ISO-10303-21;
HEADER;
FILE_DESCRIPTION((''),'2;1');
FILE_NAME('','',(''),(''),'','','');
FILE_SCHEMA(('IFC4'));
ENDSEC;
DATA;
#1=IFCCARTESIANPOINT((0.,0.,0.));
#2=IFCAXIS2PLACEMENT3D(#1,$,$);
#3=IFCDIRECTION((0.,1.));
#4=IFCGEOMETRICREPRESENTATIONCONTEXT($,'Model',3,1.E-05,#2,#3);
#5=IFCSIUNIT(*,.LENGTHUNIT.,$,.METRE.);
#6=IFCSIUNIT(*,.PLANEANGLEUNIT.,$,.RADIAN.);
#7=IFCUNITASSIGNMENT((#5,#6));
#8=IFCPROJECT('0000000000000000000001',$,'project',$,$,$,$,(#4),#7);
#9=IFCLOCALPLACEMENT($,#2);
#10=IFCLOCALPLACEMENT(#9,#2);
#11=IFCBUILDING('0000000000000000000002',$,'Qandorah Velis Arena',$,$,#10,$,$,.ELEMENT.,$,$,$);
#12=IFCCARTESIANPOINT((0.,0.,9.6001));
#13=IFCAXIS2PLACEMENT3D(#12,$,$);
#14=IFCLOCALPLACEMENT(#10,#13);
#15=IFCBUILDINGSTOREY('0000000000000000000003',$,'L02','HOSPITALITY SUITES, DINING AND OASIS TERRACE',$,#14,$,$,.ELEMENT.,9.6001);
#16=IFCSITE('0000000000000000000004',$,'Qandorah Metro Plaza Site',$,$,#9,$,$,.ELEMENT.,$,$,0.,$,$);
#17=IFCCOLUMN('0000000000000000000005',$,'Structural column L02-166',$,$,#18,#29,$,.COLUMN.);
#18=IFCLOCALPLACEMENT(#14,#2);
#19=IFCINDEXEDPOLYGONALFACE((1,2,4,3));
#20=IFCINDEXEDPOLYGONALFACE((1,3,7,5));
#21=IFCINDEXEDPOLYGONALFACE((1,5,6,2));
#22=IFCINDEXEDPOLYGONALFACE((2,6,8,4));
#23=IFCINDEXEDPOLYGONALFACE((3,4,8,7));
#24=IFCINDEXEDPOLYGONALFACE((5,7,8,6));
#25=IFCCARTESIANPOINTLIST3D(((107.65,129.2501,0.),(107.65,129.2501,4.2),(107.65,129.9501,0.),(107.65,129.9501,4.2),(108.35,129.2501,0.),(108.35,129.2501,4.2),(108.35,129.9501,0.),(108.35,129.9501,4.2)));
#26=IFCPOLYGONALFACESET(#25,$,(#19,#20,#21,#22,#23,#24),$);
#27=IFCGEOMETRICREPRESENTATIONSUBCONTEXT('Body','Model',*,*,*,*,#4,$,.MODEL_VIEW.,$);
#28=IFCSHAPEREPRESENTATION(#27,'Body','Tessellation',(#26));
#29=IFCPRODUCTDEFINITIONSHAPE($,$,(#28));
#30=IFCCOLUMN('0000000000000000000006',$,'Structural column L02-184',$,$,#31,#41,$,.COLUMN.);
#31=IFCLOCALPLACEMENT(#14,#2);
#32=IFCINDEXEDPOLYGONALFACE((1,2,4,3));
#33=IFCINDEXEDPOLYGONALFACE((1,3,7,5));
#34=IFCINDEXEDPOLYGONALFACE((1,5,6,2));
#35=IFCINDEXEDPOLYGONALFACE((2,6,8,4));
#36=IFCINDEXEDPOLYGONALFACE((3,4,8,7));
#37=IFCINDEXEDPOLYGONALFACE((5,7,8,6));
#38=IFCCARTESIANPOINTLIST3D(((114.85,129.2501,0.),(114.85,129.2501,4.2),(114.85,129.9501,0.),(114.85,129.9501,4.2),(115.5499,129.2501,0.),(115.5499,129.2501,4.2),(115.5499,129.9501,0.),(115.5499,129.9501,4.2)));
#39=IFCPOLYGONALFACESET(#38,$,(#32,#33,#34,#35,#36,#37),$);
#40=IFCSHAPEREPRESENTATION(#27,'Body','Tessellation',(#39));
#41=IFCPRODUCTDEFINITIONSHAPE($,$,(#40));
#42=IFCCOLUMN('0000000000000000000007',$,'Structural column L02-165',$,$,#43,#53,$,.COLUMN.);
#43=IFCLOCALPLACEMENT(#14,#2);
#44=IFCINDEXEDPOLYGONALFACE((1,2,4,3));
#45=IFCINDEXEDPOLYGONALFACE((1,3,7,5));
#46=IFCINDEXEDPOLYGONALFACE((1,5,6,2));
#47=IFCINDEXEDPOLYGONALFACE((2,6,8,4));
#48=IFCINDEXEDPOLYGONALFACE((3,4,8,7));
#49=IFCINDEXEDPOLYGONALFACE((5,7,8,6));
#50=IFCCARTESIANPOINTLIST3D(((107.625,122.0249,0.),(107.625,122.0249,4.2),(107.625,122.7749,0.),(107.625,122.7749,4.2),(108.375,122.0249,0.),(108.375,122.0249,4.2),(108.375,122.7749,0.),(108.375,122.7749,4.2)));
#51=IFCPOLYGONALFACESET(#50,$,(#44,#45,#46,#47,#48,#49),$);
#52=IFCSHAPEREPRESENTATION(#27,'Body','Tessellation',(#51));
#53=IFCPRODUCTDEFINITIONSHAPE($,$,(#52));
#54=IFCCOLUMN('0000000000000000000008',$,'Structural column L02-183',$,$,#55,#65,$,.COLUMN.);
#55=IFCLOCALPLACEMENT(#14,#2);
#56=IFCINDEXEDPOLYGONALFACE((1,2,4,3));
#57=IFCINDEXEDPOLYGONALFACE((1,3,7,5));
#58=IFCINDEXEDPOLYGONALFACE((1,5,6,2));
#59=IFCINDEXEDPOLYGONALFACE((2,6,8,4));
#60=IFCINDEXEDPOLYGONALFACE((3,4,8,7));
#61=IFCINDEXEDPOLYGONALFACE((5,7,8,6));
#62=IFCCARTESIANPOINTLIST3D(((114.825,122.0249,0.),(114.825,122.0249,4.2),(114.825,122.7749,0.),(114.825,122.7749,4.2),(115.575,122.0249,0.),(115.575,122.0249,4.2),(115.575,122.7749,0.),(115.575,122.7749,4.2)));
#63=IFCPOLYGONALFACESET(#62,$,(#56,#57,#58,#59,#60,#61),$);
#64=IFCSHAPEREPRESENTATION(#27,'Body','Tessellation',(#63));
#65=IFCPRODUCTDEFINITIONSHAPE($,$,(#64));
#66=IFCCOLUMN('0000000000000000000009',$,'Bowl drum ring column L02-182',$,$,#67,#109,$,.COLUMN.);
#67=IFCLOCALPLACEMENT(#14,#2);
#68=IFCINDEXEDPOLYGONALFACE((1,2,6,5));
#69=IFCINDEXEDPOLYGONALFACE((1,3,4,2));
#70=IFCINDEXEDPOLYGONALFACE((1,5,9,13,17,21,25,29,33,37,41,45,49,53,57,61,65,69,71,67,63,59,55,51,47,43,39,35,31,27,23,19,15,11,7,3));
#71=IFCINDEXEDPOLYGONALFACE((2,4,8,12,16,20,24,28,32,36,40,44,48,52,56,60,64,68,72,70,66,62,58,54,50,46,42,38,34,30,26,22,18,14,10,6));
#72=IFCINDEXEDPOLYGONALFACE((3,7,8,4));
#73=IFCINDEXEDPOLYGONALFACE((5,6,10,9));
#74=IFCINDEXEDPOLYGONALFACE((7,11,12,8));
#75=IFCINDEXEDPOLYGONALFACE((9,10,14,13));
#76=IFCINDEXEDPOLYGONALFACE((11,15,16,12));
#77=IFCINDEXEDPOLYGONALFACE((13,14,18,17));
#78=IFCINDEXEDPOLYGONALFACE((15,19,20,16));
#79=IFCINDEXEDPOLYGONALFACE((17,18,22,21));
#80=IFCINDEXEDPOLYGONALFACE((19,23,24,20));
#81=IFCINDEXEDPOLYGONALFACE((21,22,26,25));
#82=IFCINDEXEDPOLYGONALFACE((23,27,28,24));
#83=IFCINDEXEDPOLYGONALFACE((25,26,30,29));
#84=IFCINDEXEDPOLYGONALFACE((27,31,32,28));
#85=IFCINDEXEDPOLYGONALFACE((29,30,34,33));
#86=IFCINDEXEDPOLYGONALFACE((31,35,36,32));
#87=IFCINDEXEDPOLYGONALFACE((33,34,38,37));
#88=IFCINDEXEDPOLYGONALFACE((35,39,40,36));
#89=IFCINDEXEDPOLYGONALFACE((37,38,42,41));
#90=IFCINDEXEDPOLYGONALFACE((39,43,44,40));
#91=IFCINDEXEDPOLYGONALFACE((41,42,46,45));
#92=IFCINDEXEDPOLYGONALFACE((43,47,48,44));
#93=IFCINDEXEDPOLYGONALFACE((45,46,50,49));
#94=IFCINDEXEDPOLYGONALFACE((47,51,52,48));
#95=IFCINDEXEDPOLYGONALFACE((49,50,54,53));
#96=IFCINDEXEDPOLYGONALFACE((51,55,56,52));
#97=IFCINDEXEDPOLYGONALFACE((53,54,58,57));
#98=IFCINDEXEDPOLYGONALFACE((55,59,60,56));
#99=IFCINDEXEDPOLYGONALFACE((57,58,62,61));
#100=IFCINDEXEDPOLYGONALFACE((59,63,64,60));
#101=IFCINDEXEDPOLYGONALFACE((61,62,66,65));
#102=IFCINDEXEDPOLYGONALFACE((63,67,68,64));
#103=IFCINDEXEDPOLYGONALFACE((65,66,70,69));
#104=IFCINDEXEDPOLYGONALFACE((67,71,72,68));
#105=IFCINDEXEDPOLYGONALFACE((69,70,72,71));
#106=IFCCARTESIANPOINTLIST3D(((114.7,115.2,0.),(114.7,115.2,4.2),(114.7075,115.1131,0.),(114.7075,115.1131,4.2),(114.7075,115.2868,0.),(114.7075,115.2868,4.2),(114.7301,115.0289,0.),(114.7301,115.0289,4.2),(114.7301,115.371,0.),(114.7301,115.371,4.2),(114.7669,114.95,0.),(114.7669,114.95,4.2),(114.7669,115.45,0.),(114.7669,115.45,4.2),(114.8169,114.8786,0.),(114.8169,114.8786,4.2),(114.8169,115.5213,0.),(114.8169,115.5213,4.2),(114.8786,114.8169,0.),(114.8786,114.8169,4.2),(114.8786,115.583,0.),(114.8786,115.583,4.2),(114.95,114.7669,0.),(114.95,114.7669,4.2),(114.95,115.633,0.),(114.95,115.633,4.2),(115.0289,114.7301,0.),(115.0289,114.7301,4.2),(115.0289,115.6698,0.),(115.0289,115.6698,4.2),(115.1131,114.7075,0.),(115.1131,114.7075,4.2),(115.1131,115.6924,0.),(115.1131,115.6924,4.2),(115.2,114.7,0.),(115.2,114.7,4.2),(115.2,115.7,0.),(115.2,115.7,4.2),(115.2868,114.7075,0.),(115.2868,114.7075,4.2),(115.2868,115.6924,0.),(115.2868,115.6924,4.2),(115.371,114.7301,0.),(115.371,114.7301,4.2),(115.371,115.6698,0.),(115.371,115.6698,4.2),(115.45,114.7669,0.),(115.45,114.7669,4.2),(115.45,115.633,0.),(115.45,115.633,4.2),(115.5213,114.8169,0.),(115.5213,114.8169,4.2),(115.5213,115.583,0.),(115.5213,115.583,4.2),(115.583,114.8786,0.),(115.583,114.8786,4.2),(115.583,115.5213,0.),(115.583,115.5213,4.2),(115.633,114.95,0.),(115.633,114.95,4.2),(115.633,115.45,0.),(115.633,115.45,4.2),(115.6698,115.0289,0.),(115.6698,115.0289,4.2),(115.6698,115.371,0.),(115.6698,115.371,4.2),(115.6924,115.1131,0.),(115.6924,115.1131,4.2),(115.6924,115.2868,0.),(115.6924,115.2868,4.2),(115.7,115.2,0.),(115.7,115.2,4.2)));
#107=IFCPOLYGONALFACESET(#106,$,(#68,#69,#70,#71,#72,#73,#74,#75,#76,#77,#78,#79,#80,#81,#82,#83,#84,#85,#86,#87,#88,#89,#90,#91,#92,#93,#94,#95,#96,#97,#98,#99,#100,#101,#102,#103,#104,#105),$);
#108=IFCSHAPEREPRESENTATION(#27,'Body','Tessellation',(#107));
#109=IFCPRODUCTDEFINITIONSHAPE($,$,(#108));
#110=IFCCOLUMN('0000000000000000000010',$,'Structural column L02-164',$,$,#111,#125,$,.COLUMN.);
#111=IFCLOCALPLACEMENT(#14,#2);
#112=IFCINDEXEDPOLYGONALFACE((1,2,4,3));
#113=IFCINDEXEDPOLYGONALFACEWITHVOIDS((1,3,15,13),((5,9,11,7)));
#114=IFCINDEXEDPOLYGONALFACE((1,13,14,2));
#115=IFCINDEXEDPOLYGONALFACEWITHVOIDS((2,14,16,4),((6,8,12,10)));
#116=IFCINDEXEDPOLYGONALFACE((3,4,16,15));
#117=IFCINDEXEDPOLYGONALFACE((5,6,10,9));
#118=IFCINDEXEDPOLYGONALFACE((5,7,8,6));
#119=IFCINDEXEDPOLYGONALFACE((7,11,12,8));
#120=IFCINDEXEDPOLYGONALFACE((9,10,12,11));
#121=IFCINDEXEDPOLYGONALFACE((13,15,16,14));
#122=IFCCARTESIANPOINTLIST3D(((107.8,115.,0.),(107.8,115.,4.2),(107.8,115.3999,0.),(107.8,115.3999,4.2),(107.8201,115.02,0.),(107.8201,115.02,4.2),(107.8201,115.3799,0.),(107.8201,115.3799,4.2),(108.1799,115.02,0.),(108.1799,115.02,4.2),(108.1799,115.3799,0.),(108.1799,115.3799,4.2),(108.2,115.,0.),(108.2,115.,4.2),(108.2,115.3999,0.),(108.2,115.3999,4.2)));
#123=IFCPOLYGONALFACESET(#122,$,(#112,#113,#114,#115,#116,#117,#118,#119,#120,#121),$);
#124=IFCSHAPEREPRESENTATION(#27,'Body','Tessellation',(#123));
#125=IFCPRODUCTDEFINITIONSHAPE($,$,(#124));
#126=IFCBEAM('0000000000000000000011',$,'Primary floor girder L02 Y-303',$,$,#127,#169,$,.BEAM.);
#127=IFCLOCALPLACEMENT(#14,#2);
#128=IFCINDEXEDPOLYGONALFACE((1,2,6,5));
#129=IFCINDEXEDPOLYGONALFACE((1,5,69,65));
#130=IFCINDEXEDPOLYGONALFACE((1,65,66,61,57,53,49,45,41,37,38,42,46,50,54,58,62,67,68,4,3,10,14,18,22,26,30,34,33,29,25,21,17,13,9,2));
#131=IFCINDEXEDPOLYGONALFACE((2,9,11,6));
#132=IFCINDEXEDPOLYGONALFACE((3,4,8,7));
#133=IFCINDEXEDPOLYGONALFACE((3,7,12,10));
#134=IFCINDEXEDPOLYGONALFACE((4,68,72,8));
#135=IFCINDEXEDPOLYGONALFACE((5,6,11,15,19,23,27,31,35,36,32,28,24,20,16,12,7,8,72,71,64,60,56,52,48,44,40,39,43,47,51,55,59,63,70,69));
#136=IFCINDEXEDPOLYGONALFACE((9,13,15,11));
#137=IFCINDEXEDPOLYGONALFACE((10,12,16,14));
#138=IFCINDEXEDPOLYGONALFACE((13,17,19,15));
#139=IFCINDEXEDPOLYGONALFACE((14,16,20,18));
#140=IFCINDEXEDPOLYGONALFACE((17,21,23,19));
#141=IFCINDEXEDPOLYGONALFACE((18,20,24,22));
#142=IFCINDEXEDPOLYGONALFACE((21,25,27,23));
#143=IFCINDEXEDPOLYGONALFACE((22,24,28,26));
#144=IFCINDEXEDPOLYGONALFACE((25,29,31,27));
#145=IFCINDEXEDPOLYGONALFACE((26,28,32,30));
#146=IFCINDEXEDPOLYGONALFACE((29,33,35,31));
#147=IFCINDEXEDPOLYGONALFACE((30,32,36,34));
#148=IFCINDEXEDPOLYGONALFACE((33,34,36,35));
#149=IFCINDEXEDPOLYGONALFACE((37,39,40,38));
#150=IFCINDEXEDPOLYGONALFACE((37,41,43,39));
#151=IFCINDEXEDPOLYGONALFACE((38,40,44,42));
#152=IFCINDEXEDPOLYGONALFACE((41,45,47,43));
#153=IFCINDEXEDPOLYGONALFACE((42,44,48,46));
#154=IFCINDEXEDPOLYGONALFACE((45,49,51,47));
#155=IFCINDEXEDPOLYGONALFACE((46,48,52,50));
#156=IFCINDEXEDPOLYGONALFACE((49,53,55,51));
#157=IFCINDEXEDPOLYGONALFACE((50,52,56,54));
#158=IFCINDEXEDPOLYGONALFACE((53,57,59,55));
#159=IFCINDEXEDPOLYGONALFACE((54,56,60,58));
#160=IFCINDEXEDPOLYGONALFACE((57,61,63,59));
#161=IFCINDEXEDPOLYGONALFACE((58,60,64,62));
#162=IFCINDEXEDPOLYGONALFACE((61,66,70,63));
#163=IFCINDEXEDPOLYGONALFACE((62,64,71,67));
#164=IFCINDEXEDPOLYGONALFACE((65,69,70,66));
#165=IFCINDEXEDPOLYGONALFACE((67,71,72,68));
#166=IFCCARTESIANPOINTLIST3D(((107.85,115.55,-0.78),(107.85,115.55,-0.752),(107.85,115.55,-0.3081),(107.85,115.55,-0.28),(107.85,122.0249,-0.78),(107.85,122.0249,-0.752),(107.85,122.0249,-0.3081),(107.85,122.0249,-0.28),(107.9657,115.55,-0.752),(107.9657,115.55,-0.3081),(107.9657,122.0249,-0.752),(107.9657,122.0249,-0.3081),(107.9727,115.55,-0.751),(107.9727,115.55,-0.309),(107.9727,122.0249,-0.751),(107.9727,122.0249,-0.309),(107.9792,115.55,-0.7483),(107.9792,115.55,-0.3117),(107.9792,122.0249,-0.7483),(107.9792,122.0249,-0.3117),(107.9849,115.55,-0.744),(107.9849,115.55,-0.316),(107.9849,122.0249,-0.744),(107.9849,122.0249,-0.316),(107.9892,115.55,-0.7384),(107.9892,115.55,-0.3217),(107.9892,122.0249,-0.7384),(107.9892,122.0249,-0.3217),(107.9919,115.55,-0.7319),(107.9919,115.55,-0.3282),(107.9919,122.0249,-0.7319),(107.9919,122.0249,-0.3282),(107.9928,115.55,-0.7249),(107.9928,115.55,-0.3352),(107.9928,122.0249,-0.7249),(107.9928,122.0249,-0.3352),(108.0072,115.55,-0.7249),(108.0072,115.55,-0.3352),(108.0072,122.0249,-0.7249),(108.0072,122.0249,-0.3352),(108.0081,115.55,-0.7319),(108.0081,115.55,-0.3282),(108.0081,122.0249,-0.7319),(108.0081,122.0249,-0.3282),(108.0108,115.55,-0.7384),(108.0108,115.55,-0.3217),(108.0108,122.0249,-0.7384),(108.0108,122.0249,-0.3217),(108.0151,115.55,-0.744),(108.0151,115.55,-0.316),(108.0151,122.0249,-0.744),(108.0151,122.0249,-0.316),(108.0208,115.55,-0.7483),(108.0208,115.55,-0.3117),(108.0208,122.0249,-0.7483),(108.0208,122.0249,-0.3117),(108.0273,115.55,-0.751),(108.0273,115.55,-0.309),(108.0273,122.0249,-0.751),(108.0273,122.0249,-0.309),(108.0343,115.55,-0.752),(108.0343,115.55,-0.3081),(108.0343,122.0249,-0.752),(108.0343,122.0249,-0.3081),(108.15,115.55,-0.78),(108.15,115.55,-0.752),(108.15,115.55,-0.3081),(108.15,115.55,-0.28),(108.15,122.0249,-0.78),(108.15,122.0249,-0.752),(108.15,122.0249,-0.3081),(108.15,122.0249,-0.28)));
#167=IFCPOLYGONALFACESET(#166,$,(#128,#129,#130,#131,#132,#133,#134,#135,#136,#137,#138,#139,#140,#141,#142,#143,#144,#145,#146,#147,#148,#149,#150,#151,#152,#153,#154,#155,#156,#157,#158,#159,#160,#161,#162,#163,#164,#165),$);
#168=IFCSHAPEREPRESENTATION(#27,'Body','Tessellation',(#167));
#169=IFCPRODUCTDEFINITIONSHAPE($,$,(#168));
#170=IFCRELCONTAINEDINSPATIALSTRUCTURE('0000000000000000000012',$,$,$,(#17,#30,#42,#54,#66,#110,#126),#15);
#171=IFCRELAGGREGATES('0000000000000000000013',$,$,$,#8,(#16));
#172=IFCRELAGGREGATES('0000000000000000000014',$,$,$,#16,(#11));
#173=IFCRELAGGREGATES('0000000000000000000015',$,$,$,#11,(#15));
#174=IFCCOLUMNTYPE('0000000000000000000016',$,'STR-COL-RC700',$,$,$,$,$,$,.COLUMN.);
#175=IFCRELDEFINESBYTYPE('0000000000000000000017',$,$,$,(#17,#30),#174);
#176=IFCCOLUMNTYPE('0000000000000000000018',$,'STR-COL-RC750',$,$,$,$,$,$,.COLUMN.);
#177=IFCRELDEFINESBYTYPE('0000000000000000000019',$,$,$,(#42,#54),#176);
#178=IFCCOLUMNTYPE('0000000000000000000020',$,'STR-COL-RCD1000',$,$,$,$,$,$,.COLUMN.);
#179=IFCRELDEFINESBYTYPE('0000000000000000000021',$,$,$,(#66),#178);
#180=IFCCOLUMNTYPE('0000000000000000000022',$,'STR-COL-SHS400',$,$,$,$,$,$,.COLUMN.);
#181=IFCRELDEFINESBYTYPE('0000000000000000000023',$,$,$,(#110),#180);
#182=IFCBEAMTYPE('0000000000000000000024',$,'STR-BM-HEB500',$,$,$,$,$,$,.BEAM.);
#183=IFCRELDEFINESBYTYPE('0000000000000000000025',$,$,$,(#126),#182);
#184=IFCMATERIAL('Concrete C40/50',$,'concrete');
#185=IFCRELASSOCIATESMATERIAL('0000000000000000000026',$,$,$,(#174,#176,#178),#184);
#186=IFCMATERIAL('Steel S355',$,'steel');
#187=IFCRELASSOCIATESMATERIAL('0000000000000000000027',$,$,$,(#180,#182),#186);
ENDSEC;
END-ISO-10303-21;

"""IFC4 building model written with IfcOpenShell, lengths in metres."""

from ifc_helpers import new_model, si_unit, direction, frame, origin, origin_2d, place, context, subcontext, project, spatial, rectangle, hollow_rectangle, circle, i_section, extrude, material, material_profile, profile_set, type_object, element, save


model = new_model("IFC4")

# Units and contexts
model_context = context("Model", 3, precision=1e-05, world=origin(), true_north=direction((0.0, 1.0)))
body_context = subcontext(model_context, "Body", "Model", "MODEL_VIEW")
ifc_project = project(units=[si_unit("LENGTHUNIT", "METRE"), si_unit("PLANEANGLEUNIT", "RADIAN")], contexts=[model_context])

# Site, building, storey
site_placement = place(None, origin())
site = spatial("IfcSite", under=ifc_project, at=site_placement, Name="Qandorah Metro Plaza Site", CompositionType="ELEMENT", RefElevation=0.0)
building_placement = place(site_placement, origin())
building = spatial("IfcBuilding", under=site, at=building_placement, Name="Qandorah Velis Arena", CompositionType="ELEMENT")
storey_placement = place(building_placement, frame((0.0, 0.0, 9.6001)))
storey = spatial("IfcBuildingStorey", under=building, at=storey_placement, Name="L02", Description="HOSPITALITY SUITES, DINING AND OASIS TERRACE", CompositionType="ELEMENT", Elevation=9.6001)

# Columns
ifc_material_1 = material(Name="Concrete C40/50", Category="concrete")
ifc_material_profile_1 = material_profile(ifc_material_1, rectangle(XDim=0.7, YDim=0.7, at=origin_2d()), Name="RC COL 700x700")
ifc_profile_set_1 = profile_set([ifc_material_profile_1], Name="Concrete C40/50")
column_type_1 = type_object("IfcColumnType", Name="STR-COL-RC700", PredefinedType="COLUMN", material=ifc_profile_set_1)
for number, where, z_axis, x_axis, name in (
    (1, (108.0, 129.6001, 0.0), (0.0, 0.0, 1.0), (1.0, 0.0, 0.0), "Structural column L02-166"),
    (2, (115.2, 129.6001, 0.0), (0.0, 0.0, 1.0), (1.0, 0.0, 0.0), "Structural column L02-184"),
):
    element("IfcColumn", number, at=place(storey_placement, frame(where, z_axis=z_axis, x_axis=x_axis)), inside=storey, type_object=column_type_1, Name=name, PredefinedType="COLUMN", context=body_context, shape_type="SweptSolid", body=[
        extrude(rectangle(XDim=0.7, YDim=0.7, at=origin_2d()), origin(), (0.0, 0.0, 1.0), 4.2),
    ])
ifc_material_profile_2 = material_profile(ifc_material_1, rectangle(XDim=0.75, YDim=0.75, at=origin_2d()), Name="RC COL 750x750")
ifc_profile_set_2 = profile_set([ifc_material_profile_2], Name="Concrete C40/50")
column_type_2 = type_object("IfcColumnType", Name="STR-COL-RC750", PredefinedType="COLUMN", material=ifc_profile_set_2)
for number, where, z_axis, x_axis, name in (
    (3, (108.0, 122.3999, 0.0), (0.0, 0.0, 1.0), (1.0, 0.0, 0.0), "Structural column L02-165"),
    (4, (115.2, 122.3999, 0.0), (0.0, 0.0, 1.0), (1.0, 0.0, 0.0), "Structural column L02-183"),
):
    element("IfcColumn", number, at=place(storey_placement, frame(where, z_axis=z_axis, x_axis=x_axis)), inside=storey, type_object=column_type_2, Name=name, PredefinedType="COLUMN", context=body_context, shape_type="SweptSolid", body=[
        extrude(rectangle(XDim=0.75, YDim=0.75, at=origin_2d()), origin(), (0.0, 0.0, 1.0), 4.2),
    ])
ifc_material_profile_3 = material_profile(ifc_material_1, circle(Radius=0.5, at=origin_2d()), Name="RC D1000")
ifc_profile_set_3 = profile_set([ifc_material_profile_3], Name="Concrete C40/50")
column_type_3 = type_object("IfcColumnType", Name="STR-COL-RCD1000", PredefinedType="COLUMN", material=ifc_profile_set_3)
column_1_placement = place(storey_placement, frame((115.2, 115.2, 0.0), z_axis=(0.0, 0.0, 1.0), x_axis=(1.0, 0.0, 0.0)))
element("IfcColumn", 5, at=column_1_placement, inside=storey, type_object=column_type_3, Name="Bowl drum ring column L02-182", PredefinedType="COLUMN", context=body_context, shape_type="SweptSolid", body=[
    extrude(circle(Radius=0.5, at=origin_2d()), origin(), (0.0, 0.0, 1.0), 4.2),
])
ifc_material_2 = material(Name="Steel S355", Category="steel")
ifc_material_profile_4 = material_profile(ifc_material_2, hollow_rectangle(XDim=0.3999, YDim=0.3999, WallThickness=0.02, at=origin_2d()), Name="SHS 400x400x20")
ifc_profile_set_4 = profile_set([ifc_material_profile_4], Name="Steel S355")
column_type_4 = type_object("IfcColumnType", Name="STR-COL-SHS400", PredefinedType="COLUMN", material=ifc_profile_set_4)
column_2_placement = place(storey_placement, frame((108.0, 115.2, 0.0), z_axis=(0.0, 0.0, 1.0), x_axis=(1.0, 0.0, 0.0)))
element("IfcColumn", 6, at=column_2_placement, inside=storey, type_object=column_type_4, Name="Structural column L02-164", PredefinedType="COLUMN", context=body_context, shape_type="SweptSolid", body=[
    extrude(hollow_rectangle(XDim=0.3999, YDim=0.3999, WallThickness=0.02, at=origin_2d()), origin(), (0.0, 0.0, 1.0), 4.2),
])

# Beam
ifc_material_profile_5 = material_profile(ifc_material_2, i_section(OverallWidth=0.3, OverallDepth=0.5, WebThickness=0.0144, FlangeThickness=0.0281, FilletRadius=0.0271, at=origin_2d()), Name="HEB 500")
ifc_profile_set_5 = profile_set([ifc_material_profile_5], Name="Steel S355")
beam_type_1 = type_object("IfcBeamType", Name="STR-BM-HEB500", PredefinedType="BEAM", material=ifc_profile_set_5)
beam_1_placement = place(storey_placement, frame((108.0, 115.55, -0.53), z_axis=(0.0, 1.0, 0.0), x_axis=(-1.0, 0.0, 0.0)))
element("IfcBeam", 7, at=beam_1_placement, inside=storey, type_object=beam_type_1, Name="Primary floor girder L02 Y-303", PredefinedType="BEAM", context=body_context, shape_type="SweptSolid", body=[
    extrude(i_section(OverallWidth=0.3, OverallDepth=0.5, WebThickness=0.0144, FlangeThickness=0.0281, FilletRadius=0.0271, at=origin_2d()), origin(), (0.0, 0.0, 1.0), 6.4749),
])

save(model, "model.ifc")
